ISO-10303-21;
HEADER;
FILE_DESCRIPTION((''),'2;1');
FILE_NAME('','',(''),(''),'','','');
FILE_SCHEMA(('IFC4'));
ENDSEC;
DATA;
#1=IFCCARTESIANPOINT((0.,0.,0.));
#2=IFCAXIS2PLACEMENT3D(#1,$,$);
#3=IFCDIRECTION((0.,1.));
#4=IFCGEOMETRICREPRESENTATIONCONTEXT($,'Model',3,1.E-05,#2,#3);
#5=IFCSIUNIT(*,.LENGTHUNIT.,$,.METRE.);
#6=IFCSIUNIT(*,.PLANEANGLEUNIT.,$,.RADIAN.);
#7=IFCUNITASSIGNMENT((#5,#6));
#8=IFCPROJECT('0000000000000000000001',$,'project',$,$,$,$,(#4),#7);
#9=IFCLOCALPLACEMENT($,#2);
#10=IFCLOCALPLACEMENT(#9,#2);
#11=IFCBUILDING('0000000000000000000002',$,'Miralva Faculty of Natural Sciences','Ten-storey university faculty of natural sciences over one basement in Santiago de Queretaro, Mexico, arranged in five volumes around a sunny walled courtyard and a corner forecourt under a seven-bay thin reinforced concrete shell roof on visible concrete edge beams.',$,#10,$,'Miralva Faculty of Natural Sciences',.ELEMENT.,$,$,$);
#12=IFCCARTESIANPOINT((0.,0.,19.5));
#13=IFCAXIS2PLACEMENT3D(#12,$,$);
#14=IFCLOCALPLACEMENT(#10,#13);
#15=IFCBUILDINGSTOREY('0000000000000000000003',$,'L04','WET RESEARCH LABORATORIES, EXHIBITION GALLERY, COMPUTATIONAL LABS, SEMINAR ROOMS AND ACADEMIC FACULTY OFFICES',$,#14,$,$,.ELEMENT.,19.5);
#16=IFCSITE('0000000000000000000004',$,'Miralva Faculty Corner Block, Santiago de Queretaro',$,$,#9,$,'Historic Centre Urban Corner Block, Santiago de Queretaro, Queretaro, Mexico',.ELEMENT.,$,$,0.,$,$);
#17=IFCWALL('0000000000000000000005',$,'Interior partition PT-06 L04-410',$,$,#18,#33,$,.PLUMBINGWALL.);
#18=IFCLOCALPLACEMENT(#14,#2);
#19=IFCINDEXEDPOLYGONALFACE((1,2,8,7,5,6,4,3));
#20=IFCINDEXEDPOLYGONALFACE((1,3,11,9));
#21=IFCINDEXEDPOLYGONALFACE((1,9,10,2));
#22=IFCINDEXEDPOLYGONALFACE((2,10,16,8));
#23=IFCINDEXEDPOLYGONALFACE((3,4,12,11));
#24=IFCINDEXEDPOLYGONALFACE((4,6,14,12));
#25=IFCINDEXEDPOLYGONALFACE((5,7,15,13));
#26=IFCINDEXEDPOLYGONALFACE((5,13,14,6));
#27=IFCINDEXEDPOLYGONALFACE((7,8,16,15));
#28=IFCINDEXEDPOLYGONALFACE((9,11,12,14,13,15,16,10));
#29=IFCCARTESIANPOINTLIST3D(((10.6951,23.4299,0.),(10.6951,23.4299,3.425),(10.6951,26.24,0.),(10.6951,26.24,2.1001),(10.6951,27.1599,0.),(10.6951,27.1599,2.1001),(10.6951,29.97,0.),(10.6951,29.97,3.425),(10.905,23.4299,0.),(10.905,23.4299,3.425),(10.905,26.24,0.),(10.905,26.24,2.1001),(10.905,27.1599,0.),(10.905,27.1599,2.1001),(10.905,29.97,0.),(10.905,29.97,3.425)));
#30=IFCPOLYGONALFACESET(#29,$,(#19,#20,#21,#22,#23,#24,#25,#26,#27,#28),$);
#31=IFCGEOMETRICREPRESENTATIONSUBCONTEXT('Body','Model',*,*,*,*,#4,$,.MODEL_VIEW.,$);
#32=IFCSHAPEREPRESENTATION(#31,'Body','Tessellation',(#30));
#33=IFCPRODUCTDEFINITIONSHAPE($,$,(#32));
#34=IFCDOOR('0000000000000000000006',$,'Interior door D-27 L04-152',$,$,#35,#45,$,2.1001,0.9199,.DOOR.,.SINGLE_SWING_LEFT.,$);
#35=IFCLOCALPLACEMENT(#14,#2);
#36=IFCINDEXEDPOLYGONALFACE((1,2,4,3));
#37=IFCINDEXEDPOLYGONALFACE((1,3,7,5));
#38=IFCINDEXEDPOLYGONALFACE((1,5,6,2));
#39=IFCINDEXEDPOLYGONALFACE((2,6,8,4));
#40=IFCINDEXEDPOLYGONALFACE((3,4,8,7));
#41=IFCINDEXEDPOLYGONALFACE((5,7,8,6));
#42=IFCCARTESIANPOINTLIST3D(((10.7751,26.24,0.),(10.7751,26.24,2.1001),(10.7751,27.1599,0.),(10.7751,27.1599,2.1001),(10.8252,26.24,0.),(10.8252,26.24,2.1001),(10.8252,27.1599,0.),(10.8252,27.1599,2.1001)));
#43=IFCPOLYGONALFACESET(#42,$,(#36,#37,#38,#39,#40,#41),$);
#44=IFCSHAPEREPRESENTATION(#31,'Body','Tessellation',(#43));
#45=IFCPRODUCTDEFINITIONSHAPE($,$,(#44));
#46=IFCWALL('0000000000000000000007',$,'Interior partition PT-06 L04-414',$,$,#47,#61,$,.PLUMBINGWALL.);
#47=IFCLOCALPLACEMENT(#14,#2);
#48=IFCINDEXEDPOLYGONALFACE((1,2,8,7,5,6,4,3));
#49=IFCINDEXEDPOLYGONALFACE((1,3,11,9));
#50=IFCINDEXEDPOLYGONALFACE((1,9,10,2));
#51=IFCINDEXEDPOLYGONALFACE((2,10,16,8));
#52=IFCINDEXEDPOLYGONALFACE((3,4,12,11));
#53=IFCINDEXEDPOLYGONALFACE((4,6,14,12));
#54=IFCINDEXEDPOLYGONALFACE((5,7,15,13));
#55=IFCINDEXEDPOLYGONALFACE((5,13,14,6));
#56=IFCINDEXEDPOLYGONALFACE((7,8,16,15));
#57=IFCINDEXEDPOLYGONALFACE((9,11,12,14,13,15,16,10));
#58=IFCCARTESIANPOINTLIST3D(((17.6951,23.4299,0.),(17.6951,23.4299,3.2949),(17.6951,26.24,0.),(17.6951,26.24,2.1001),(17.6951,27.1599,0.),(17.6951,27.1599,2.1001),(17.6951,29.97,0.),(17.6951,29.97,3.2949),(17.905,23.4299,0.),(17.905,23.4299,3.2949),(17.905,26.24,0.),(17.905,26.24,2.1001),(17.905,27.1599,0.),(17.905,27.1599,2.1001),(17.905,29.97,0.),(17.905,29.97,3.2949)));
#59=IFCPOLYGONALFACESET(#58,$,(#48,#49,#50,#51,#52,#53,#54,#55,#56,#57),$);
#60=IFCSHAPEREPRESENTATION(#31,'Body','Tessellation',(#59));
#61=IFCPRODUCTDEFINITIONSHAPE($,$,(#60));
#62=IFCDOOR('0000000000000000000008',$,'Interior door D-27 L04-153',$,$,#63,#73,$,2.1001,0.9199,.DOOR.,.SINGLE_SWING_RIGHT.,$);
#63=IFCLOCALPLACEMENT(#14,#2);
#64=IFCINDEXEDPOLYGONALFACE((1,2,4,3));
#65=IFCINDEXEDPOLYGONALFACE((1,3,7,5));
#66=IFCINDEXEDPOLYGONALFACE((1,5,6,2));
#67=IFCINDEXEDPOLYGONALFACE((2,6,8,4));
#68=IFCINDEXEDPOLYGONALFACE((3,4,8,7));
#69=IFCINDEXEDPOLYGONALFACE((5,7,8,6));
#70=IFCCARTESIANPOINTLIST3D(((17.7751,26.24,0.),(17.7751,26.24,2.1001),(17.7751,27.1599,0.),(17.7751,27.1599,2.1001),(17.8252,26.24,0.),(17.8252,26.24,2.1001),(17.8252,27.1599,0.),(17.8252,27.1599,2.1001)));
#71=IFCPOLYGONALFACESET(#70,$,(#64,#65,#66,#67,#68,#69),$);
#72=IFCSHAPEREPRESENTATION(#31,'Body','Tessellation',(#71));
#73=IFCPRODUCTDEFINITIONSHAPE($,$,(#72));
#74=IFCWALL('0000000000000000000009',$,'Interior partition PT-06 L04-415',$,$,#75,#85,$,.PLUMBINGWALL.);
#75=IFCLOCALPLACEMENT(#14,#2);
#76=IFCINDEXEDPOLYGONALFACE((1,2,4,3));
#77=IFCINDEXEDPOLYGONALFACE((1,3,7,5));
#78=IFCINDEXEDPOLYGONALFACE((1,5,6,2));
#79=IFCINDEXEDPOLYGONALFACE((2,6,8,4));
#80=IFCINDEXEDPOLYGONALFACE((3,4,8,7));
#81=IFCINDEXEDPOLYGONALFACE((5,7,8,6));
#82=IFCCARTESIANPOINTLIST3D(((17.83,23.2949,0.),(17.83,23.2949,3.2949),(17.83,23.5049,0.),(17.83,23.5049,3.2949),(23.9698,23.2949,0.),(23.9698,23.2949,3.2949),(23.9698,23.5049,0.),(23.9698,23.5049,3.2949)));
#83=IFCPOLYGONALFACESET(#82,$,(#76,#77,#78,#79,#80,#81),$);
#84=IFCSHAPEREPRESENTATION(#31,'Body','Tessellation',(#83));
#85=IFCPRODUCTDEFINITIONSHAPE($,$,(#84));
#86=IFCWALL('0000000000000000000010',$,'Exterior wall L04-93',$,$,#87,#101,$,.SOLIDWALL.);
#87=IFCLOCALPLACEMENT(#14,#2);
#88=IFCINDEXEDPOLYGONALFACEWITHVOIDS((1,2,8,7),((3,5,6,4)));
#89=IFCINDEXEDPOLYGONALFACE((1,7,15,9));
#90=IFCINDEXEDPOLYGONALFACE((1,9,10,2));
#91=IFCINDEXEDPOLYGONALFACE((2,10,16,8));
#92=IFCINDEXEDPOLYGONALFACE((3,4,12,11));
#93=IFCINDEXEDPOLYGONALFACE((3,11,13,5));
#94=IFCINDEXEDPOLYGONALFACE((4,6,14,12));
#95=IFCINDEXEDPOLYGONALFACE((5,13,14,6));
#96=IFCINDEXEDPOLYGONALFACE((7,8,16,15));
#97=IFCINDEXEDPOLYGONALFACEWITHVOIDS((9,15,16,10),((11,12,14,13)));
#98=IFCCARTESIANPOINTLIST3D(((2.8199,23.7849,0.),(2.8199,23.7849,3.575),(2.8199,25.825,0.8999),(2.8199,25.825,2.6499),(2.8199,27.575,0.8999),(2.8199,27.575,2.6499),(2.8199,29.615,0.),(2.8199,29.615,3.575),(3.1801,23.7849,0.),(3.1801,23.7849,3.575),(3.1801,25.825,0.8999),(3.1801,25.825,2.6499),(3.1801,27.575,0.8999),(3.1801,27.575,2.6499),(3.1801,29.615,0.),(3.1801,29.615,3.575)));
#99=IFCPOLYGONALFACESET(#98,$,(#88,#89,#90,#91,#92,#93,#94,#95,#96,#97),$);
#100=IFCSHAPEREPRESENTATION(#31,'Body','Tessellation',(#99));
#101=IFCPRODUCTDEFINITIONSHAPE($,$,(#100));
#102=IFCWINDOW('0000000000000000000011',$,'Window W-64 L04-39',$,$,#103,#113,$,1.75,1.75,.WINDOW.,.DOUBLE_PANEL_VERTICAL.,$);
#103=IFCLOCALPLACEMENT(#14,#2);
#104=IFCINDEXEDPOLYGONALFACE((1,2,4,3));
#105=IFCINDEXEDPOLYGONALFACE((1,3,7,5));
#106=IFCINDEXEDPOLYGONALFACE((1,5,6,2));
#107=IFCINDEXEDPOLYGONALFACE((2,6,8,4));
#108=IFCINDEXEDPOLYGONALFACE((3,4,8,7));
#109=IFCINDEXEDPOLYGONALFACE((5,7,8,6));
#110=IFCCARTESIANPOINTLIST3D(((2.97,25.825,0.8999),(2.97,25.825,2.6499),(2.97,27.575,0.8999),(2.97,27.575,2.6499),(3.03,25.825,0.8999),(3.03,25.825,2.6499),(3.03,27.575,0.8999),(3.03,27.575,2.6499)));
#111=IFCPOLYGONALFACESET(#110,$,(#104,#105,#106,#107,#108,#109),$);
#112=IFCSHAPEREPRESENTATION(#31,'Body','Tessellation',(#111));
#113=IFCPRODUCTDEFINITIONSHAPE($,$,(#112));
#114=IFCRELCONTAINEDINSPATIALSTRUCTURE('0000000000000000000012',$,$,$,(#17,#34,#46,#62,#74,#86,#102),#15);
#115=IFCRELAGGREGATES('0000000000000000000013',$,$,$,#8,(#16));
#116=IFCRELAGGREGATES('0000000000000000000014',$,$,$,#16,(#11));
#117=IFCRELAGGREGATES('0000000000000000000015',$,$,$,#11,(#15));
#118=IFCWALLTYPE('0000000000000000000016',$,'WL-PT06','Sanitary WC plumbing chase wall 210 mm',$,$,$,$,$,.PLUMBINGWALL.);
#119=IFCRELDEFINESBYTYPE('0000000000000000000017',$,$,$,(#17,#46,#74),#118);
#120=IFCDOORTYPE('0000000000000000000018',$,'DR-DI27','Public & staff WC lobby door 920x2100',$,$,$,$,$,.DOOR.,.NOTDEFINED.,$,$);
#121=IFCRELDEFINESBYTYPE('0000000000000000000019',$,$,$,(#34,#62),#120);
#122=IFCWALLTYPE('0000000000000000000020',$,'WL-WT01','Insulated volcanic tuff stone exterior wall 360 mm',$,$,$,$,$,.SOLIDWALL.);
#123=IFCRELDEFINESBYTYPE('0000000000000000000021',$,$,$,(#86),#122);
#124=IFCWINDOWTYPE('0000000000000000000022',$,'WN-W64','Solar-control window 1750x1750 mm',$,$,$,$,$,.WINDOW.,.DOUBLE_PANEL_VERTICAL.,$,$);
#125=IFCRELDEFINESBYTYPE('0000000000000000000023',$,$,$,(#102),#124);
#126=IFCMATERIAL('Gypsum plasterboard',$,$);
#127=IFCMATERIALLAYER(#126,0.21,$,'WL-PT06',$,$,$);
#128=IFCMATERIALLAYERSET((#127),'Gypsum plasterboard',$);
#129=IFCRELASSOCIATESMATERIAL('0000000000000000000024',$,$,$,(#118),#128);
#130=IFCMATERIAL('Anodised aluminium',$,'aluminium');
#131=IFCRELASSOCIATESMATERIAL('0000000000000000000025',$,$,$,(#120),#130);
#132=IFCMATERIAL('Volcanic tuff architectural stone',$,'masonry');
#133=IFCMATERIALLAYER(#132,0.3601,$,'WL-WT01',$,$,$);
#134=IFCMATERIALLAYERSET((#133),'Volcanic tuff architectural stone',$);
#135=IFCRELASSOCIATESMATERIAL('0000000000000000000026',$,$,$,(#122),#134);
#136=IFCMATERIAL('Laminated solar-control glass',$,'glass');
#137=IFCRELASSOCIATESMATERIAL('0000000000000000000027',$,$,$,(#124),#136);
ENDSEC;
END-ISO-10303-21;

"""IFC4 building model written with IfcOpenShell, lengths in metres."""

from ifc_helpers import new_model, si_unit, direction, frame, frame_2d, origin, place, context, subcontext, project, spatial, rectangle, extrude, material, layer, layer_set, type_object, element, fill, save


model = new_model("IFC4")

# Units and contexts
model_context = context("Model", 3, precision=1e-05, world=origin(), true_north=direction((0.0, 1.0)))
body_context = subcontext(model_context, "Body", "Model", "MODEL_VIEW")
ifc_project = project(units=[si_unit("LENGTHUNIT", "METRE"), si_unit("PLANEANGLEUNIT", "RADIAN")], contexts=[model_context])

# Site, building, storey
site_placement = place(None, origin())
site = spatial("IfcSite", under=ifc_project, at=site_placement, Name="Miralva Faculty Corner Block, Santiago de Queretaro", LongName="Historic Centre Urban Corner Block, Santiago de Queretaro, Queretaro, Mexico", CompositionType="ELEMENT", RefElevation=0.0)
building_placement = place(site_placement, origin())
building = spatial("IfcBuilding", under=site, at=building_placement, Name="Miralva Faculty of Natural Sciences", Description="Ten-storey university faculty of natural sciences over one basement in Santiago de Queretaro, Mexico, arranged in five volumes around a sunny walled courtyard and a corner forecourt under a seven-bay thin reinforced concrete shell roof on visible concrete edge beams.", LongName="Miralva Faculty of Natural Sciences", CompositionType="ELEMENT")
storey_placement = place(building_placement, frame((0.0, 0.0, 19.5)))
storey = spatial("IfcBuildingStorey", under=building, at=storey_placement, Name="L04", Description="WET RESEARCH LABORATORIES, EXHIBITION GALLERY, COMPUTATIONAL LABS, SEMINAR ROOMS AND ACADEMIC FACULTY OFFICES", CompositionType="ELEMENT", Elevation=19.5)

# Shared definitions
ifc_material_1 = material(Name="Laminated solar-control glass", Category="glass")
ifc_material_2 = material(Name="Anodised aluminium", Category="aluminium")

# Shared definitions
ifc_material_3 = material(Name="Gypsum plasterboard")
ifc_layer_1 = layer(ifc_material_3, 0.21, Name="WL-PT06")
ifc_layer_set_1 = layer_set([ifc_layer_1], Name="Gypsum plasterboard")
wall_type_1 = type_object("IfcWallType", Name="WL-PT06", Description="Sanitary WC plumbing chase wall 210 mm", PredefinedType="PLUMBINGWALL", material=ifc_layer_set_1)

# Walls, openings, doors
wall_1_placement = place(storey_placement, frame((10.8, 23.4299, 0.0), z_axis=(0.0, 0.0, 1.0), x_axis=(0.0, 1.0, 0.0)))
wall_1 = element("IfcWall", 1, at=wall_1_placement, inside=storey, type_object=wall_type_1, Name="Interior partition PT-06 L04-410", PredefinedType="PLUMBINGWALL", context=body_context, shape_type="SweptSolid", body=[
    extrude(rectangle(XDim=6.54, YDim=0.21, at=frame_2d((3.27, 0.0))), origin(), (0.0, 0.0, 1.0), 3.425),
])
opening_1_placement = place(wall_1_placement, frame((2.8101, 0.0, 0.0)))
opening_1 = element("IfcOpeningElement", 2, at=opening_1_placement, cuts=wall_1, PredefinedType="OPENING", context=body_context, shape_type="SweptSolid", body=[
    extrude(rectangle(XDim=0.9199, YDim=2.1001, at=frame_2d((0.46, 1.05))), frame((0.0, 0.115, 0.0), z_axis=(0.0, -1.0, 0.0), x_axis=(1.0, 0.0, 0.0)), (0.0, 0.0, 1.0), 0.23),
])
door_type_1 = type_object("IfcDoorType", Name="DR-DI27", Description="Public & staff WC lobby door 920x2100", OperationType="NOTDEFINED", PredefinedType="DOOR", material=ifc_material_2)
door_1_placement = place(opening_1_placement, origin())
door_1 = element("IfcDoor", 3, at=door_1_placement, inside=storey, type_object=door_type_1, Name="Interior door D-27 L04-152", OperationType="SINGLE_SWING_LEFT", OverallHeight=2.1001, OverallWidth=0.9199, PredefinedType="DOOR", context=body_context, shape_type="SweptSolid", body=[
    extrude(rectangle(XDim=0.9199, YDim=2.1001, at=frame_2d((0.46, 1.05))), frame((0.0, 0.0249, 0.0), z_axis=(0.0, -1.0, 0.0), x_axis=(1.0, 0.0, 0.0)), (0.0, 0.0, 1.0), 0.05),
])
fill(opening_1, door_1)
wall_2_placement = place(storey_placement, frame((17.8, 23.4299, 0.0), z_axis=(0.0, 0.0, 1.0), x_axis=(0.0, 1.0, 0.0)))
wall_2 = element("IfcWall", 4, at=wall_2_placement, inside=storey, type_object=wall_type_1, Name="Interior partition PT-06 L04-414", PredefinedType="PLUMBINGWALL", context=body_context, shape_type="SweptSolid", body=[
    extrude(rectangle(XDim=6.54, YDim=0.21, at=frame_2d((3.27, 0.0))), origin(), (0.0, 0.0, 1.0), 3.2949),
])
opening_2_placement = place(wall_2_placement, frame((2.8101, 0.0, 0.0)))
opening_2 = element("IfcOpeningElement", 5, at=opening_2_placement, cuts=wall_2, PredefinedType="OPENING", context=body_context, shape_type="SweptSolid", body=[
    extrude(rectangle(XDim=0.9199, YDim=2.1001, at=frame_2d((0.46, 1.05))), frame((0.0, 0.115, 0.0), z_axis=(0.0, -1.0, 0.0), x_axis=(1.0, 0.0, 0.0)), (0.0, 0.0, 1.0), 0.23),
])
door_2_placement = place(opening_2_placement, origin())
door_2 = element("IfcDoor", 6, at=door_2_placement, inside=storey, type_object=door_type_1, Name="Interior door D-27 L04-153", OperationType="SINGLE_SWING_RIGHT", OverallHeight=2.1001, OverallWidth=0.9199, PredefinedType="DOOR", context=body_context, shape_type="SweptSolid", body=[
    extrude(rectangle(XDim=0.9199, YDim=2.1001, at=frame_2d((0.46, 1.05))), frame((0.0, 0.0249, 0.0), z_axis=(0.0, -1.0, 0.0), x_axis=(1.0, 0.0, 0.0)), (0.0, 0.0, 1.0), 0.05),
])
fill(opening_2, door_2)

# Wall
wall_3_placement = place(storey_placement, frame((17.8301, 23.3999, 0.0), z_axis=(0.0, 0.0, 1.0), x_axis=(1.0, 0.0, 0.0)))
element("IfcWall", 7, at=wall_3_placement, inside=storey, type_object=wall_type_1, Name="Interior partition PT-06 L04-415", PredefinedType="PLUMBINGWALL", context=body_context, shape_type="SweptSolid", body=[
    extrude(rectangle(XDim=6.1399, YDim=0.21, at=frame_2d((3.0698, 0.0))), origin(), (0.0, 0.0, 1.0), 3.2949),
])

# Wall, opening, window
ifc_material_4 = material(Name="Volcanic tuff architectural stone", Category="masonry")
ifc_layer_2 = layer(ifc_material_4, 0.3601, Name="WL-WT01")
ifc_layer_set_2 = layer_set([ifc_layer_2], Name="Volcanic tuff architectural stone")
wall_type_2 = type_object("IfcWallType", Name="WL-WT01", Description="Insulated volcanic tuff stone exterior wall 360 mm", PredefinedType="SOLIDWALL", material=ifc_layer_set_2)
wall_4_placement = place(storey_placement, frame((3.0, 23.7849, 0.0), z_axis=(0.0, 0.0, 1.0), x_axis=(0.0, 1.0, 0.0)))
wall_4 = element("IfcWall", 8, at=wall_4_placement, inside=storey, type_object=wall_type_2, Name="Exterior wall L04-93", PredefinedType="SOLIDWALL", context=body_context, shape_type="SweptSolid", body=[
    extrude(rectangle(XDim=5.8301, YDim=0.3601, at=frame_2d((2.915, 0.0))), origin(), (0.0, 0.0, 1.0), 3.575),
])
opening_3_placement = place(wall_4_placement, frame((2.04, 0.0, 0.8999)))
opening_3 = element("IfcOpeningElement", 9, at=opening_3_placement, cuts=wall_4, PredefinedType="OPENING", context=body_context, shape_type="SweptSolid", body=[
    extrude(rectangle(XDim=1.75, YDim=1.75, at=frame_2d((0.875, 0.875))), frame((0.0, 0.1899, 0.0), z_axis=(0.0, -1.0, 0.0), x_axis=(1.0, 0.0, 0.0)), (0.0, 0.0, 1.0), 0.3801),
])
window_type = type_object("IfcWindowType", Name="WN-W64", Description="Solar-control window 1750x1750 mm", PartitioningType="DOUBLE_PANEL_VERTICAL", PredefinedType="WINDOW", material=ifc_material_1)
window_placement = place(opening_3_placement, origin())
window = element("IfcWindow", 10, at=window_placement, inside=storey, type_object=window_type, Name="Window W-64 L04-39", OverallHeight=1.75, OverallWidth=1.75, PartitioningType="DOUBLE_PANEL_VERTICAL", PredefinedType="WINDOW", context=body_context, shape_type="SweptSolid", body=[
    extrude(rectangle(XDim=1.75, YDim=1.75, at=frame_2d((0.875, 0.875))), frame((0.0, 0.03, 0.0), z_axis=(0.0, -1.0, 0.0), x_axis=(1.0, 0.0, 0.0)), (0.0, 0.0, 1.0), 0.0601),
])
fill(opening_3, window)

save(model, "model.ifc")
